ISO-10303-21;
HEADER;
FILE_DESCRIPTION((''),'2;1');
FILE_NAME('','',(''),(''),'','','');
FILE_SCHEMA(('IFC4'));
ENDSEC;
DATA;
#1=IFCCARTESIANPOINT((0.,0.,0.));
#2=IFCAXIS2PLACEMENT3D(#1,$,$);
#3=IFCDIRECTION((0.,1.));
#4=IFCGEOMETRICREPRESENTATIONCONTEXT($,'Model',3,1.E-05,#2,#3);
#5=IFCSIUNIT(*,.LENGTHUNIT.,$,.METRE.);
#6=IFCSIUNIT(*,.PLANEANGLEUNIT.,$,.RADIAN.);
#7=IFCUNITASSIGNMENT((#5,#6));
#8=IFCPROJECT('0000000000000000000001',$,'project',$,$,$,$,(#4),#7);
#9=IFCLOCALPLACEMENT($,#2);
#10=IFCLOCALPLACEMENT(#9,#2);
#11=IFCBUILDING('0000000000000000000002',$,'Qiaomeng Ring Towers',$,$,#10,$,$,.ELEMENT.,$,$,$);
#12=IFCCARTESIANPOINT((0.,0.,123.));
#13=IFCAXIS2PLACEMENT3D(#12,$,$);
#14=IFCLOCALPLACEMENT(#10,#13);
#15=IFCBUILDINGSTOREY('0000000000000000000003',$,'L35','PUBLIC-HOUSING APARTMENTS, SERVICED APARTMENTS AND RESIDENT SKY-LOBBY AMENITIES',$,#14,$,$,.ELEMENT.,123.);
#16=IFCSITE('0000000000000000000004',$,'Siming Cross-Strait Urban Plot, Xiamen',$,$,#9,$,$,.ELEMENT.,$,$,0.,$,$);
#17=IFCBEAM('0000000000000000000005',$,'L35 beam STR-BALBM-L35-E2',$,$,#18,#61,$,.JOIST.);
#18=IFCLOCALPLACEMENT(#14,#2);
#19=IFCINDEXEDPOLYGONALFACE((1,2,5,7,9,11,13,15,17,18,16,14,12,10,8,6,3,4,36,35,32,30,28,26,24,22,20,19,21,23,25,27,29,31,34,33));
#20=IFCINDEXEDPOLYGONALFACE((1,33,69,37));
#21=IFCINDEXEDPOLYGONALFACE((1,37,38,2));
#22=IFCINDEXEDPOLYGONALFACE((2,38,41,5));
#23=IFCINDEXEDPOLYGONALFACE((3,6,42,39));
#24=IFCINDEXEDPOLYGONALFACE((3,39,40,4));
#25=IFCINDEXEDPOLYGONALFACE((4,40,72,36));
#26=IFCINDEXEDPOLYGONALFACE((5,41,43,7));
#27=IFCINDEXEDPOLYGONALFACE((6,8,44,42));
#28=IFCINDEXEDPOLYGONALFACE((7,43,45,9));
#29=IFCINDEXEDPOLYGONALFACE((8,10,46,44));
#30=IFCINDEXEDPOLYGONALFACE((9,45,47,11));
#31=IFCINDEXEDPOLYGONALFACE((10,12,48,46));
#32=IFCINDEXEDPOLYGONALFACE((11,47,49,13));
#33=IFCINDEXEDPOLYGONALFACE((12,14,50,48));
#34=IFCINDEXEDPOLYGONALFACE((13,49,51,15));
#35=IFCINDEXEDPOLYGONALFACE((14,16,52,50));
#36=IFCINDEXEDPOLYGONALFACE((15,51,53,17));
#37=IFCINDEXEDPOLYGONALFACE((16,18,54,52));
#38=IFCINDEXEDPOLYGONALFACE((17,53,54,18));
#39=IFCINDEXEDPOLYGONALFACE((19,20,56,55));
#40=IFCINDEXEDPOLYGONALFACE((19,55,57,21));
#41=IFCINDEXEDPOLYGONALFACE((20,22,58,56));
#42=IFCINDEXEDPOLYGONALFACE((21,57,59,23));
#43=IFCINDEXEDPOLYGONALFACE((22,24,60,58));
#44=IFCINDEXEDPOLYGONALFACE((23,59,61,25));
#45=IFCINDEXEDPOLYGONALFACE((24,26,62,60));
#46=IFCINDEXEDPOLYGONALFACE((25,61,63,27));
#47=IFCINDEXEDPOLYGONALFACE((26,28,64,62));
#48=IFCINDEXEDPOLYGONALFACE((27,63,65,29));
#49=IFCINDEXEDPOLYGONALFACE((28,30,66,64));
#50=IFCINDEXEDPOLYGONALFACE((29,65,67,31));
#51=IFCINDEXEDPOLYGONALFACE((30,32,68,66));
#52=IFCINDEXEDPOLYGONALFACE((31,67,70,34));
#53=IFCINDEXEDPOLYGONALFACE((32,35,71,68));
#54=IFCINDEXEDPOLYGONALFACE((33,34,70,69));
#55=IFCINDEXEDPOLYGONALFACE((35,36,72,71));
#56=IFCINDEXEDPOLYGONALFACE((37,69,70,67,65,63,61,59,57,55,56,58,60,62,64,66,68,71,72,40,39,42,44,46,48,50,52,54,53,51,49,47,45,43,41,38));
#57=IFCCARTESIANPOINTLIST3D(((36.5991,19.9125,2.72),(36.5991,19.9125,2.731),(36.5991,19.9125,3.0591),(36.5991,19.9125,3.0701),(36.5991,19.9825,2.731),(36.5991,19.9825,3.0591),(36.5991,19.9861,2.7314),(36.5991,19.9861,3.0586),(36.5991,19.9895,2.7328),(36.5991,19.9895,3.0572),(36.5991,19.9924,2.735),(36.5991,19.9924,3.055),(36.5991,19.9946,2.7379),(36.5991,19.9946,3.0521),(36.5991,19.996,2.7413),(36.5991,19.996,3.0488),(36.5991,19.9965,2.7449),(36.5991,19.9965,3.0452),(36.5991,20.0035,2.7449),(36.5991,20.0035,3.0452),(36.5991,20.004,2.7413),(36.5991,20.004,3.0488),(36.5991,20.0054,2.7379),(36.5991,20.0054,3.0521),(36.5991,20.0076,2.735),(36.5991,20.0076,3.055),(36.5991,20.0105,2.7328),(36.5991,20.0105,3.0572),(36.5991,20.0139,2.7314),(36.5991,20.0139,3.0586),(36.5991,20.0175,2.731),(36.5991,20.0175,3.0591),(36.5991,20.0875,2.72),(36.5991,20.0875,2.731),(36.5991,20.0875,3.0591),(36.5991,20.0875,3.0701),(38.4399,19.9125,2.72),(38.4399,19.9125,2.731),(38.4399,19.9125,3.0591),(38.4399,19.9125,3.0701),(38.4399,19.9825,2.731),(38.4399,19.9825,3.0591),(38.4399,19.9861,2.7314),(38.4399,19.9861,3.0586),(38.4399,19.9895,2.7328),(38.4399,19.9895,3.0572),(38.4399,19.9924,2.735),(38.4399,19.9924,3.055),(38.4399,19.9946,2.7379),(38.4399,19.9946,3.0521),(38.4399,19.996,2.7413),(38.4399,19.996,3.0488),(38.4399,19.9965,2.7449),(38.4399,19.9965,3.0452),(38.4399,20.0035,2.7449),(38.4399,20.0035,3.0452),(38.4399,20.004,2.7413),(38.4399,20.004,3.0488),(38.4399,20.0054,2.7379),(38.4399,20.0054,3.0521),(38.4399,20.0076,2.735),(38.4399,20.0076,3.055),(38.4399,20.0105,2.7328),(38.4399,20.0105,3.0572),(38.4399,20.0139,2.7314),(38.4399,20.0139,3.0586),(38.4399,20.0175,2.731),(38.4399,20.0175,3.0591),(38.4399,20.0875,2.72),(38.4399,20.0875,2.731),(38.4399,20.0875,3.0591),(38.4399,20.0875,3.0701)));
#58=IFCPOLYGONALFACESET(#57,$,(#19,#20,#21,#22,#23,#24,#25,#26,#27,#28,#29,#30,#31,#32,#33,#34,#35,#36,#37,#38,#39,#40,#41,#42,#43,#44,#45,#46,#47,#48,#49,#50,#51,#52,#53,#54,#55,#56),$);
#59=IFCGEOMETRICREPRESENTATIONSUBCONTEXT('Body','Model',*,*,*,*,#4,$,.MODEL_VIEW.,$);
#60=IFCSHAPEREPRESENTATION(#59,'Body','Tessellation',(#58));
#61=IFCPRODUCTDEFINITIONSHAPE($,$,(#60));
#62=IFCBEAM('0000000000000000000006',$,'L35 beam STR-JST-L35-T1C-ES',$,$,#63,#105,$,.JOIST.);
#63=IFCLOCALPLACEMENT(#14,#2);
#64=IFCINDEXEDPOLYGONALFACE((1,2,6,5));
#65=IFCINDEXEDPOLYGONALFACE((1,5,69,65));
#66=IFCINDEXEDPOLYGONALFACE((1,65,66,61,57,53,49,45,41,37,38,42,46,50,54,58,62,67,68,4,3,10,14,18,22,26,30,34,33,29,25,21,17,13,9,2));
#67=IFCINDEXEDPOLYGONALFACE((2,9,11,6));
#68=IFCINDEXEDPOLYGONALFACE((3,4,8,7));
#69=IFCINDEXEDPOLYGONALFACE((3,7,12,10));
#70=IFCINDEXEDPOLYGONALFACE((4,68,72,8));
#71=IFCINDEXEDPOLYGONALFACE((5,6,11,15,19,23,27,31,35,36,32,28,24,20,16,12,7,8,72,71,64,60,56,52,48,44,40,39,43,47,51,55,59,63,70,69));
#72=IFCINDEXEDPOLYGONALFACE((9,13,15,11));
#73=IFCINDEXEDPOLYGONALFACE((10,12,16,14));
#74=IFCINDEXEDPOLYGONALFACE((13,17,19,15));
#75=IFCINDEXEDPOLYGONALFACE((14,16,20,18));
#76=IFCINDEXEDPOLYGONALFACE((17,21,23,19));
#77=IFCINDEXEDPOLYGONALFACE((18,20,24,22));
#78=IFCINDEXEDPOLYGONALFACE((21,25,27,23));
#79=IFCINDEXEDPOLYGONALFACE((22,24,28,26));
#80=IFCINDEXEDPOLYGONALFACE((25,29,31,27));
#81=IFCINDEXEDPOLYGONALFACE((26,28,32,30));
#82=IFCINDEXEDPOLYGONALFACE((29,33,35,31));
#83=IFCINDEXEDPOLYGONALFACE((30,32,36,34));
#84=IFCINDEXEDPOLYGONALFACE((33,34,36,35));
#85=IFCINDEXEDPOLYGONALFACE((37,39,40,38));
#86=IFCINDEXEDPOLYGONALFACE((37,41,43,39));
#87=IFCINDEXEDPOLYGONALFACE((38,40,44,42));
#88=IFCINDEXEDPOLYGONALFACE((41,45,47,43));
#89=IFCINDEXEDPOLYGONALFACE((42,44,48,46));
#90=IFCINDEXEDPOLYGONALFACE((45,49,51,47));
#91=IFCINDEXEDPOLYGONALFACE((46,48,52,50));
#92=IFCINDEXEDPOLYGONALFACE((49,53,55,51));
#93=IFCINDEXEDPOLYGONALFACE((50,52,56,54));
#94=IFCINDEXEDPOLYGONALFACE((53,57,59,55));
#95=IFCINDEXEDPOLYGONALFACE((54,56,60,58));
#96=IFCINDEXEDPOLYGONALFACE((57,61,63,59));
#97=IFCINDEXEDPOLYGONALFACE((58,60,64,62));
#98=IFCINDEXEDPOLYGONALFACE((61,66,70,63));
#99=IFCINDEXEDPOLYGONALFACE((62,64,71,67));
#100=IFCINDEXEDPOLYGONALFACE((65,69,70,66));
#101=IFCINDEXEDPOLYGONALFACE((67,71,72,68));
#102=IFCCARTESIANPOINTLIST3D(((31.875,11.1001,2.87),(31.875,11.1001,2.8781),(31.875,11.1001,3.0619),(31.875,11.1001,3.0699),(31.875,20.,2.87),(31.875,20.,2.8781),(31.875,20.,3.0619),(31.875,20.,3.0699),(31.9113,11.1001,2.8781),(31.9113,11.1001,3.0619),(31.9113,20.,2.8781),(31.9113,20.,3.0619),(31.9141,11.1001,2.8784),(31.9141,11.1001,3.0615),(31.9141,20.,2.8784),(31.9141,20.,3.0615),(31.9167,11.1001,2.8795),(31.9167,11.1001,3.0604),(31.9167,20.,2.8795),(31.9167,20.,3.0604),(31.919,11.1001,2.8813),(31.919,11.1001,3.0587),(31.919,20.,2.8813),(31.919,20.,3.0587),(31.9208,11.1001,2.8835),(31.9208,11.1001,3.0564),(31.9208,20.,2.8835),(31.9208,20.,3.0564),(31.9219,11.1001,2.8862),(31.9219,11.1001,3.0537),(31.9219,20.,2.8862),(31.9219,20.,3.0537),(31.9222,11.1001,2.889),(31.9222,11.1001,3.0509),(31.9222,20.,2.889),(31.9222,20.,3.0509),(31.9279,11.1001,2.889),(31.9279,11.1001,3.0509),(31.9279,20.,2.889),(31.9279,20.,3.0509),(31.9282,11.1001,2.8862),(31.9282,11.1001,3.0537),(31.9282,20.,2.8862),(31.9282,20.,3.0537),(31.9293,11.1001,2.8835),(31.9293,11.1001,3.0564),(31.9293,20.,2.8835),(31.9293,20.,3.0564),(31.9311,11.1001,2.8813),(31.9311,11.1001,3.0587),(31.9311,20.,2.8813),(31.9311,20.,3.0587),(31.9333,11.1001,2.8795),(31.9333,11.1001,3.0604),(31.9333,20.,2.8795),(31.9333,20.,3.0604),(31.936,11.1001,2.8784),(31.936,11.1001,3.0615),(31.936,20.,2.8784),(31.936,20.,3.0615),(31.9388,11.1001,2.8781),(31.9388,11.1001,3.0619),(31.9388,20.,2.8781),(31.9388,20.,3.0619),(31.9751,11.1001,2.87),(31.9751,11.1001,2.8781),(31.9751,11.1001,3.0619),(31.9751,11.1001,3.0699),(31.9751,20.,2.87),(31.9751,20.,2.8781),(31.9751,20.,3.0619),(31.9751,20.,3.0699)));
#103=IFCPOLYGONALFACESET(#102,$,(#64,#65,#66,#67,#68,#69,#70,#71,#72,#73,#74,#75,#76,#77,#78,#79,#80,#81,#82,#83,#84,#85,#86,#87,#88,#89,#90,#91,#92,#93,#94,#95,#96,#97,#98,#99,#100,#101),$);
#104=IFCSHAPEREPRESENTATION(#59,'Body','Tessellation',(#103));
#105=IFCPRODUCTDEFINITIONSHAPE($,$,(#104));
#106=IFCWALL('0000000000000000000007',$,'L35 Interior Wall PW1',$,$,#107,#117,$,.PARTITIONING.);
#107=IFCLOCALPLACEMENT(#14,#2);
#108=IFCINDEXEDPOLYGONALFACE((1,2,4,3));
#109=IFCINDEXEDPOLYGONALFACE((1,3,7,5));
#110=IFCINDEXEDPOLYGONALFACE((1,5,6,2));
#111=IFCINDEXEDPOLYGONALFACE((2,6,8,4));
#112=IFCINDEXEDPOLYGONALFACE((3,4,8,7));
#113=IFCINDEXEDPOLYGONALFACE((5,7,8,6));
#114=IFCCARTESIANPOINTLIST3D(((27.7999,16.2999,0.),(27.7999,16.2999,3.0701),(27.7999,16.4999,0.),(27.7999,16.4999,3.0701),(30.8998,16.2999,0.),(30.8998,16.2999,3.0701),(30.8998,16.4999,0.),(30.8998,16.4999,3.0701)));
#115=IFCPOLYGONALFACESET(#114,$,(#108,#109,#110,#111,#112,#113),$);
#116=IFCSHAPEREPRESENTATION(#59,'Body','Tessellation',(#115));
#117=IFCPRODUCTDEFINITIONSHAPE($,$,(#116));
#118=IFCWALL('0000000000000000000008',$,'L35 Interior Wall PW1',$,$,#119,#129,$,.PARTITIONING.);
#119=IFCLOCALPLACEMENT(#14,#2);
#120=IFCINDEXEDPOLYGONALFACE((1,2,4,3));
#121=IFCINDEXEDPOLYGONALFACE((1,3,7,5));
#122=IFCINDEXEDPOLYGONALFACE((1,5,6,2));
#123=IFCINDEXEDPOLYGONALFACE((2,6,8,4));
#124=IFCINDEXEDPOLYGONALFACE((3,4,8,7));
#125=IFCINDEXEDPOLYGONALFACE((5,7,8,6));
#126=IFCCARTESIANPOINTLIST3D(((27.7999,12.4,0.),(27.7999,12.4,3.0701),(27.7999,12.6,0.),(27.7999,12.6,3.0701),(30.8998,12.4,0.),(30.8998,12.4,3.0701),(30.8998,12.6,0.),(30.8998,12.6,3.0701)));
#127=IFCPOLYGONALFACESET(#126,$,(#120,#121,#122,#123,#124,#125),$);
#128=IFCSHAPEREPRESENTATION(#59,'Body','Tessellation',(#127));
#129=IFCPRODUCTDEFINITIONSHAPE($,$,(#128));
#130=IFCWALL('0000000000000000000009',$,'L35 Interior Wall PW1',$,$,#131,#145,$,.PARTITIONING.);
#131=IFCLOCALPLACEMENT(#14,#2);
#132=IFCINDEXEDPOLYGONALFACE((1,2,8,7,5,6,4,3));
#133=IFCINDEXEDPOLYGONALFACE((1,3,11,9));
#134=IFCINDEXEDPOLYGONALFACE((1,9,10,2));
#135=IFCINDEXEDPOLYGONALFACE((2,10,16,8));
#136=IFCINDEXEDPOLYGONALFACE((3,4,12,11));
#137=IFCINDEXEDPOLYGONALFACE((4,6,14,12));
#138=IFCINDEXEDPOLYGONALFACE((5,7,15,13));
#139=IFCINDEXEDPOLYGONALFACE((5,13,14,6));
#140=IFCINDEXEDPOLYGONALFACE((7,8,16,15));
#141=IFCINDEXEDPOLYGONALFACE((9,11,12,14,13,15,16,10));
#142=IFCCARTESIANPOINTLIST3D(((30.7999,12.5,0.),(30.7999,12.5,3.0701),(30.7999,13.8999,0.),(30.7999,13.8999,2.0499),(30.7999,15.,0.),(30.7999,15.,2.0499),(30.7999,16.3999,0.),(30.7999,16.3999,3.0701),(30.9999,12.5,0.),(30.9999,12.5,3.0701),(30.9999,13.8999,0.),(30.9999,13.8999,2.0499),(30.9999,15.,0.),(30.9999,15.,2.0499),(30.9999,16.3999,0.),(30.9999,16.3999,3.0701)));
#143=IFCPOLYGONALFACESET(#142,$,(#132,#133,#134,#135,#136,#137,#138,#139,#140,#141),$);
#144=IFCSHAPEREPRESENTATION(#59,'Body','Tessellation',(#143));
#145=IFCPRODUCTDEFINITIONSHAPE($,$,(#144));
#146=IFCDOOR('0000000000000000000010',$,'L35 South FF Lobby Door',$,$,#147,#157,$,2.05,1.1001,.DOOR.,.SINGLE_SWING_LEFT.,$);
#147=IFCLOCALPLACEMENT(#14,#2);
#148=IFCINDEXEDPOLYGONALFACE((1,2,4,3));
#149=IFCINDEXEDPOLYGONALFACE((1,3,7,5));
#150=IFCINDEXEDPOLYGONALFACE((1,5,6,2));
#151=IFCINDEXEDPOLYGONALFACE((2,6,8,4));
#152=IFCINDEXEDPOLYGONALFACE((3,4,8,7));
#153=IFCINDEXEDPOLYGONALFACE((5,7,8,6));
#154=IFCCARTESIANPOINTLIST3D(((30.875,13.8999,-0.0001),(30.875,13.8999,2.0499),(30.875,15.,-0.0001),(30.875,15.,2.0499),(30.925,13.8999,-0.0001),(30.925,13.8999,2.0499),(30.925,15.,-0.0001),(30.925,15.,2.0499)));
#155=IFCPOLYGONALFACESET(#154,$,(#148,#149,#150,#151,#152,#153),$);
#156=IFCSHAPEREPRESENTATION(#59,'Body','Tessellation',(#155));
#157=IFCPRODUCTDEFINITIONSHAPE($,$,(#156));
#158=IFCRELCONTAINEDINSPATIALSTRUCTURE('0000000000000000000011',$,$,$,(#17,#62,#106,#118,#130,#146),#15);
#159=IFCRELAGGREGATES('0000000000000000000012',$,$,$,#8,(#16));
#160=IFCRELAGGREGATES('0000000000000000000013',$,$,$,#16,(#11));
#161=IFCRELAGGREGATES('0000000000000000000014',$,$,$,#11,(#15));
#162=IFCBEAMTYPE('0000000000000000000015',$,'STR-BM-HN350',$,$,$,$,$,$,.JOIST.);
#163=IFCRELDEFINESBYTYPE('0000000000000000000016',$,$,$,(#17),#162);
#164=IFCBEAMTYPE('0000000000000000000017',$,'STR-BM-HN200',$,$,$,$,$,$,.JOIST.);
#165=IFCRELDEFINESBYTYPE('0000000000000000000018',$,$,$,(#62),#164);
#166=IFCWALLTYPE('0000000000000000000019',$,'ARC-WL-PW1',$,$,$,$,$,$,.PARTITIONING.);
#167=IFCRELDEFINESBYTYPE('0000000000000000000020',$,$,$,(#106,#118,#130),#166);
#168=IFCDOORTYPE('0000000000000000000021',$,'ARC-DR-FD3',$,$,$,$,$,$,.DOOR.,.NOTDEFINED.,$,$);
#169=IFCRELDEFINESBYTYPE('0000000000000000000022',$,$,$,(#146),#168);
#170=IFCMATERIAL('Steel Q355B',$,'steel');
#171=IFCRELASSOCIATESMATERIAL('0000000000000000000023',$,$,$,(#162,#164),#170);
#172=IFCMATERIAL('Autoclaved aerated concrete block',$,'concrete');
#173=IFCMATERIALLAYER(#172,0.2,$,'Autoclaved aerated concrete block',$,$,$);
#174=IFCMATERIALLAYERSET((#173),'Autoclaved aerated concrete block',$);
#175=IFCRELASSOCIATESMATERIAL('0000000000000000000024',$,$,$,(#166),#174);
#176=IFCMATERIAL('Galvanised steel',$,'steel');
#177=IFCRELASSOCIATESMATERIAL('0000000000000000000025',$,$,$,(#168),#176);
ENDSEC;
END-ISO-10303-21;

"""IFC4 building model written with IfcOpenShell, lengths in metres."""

from ifc_helpers import new_model, si_unit, direction, frame, frame_2d, origin, origin_2d, place, context, subcontext, project, spatial, rectangle, i_section, extrude, source, transform, mapped, material, layer, layer_set, material_profile, profile_set, type_object, element, fill, save


model = new_model("IFC4")

# Units and contexts
model_context = context("Model", 3, precision=1e-05, world=origin(), true_north=direction((0.0, 1.0)))
body_context = subcontext(model_context, "Body", "Model", "MODEL_VIEW")
ifc_project = project(units=[si_unit("LENGTHUNIT", "METRE"), si_unit("PLANEANGLEUNIT", "RADIAN")], contexts=[model_context])

# Site, building, storey
site_placement = place(None, origin())
site = spatial("IfcSite", under=ifc_project, at=site_placement, Name="Siming Cross-Strait Urban Plot, Xiamen", CompositionType="ELEMENT", RefElevation=0.0)
building_placement = place(site_placement, origin())
building = spatial("IfcBuilding", under=site, at=building_placement, Name="Qiaomeng Ring Towers", CompositionType="ELEMENT")
storey_placement = place(building_placement, frame((0.0, 0.0, 123.0)))
storey = spatial("IfcBuildingStorey", under=building, at=storey_placement, Name="L35", Description="PUBLIC-HOUSING APARTMENTS, SERVICED APARTMENTS AND RESIDENT SKY-LOBBY AMENITIES", CompositionType="ELEMENT", Elevation=123.0)

# Beams
ifc_material_1 = material(Name="Steel Q355B", Category="steel")
ifc_material_profile_1 = material_profile(ifc_material_1, i_section(OverallWidth=0.175, OverallDepth=0.3501, WebThickness=0.0071, FlangeThickness=0.011, FilletRadius=0.0139, at=origin_2d()), Name="HN 350x175x7x11")
ifc_profile_set_1 = profile_set([ifc_material_profile_1], Name="Steel Q355B")
beam_type_1 = type_object("IfcBeamType", Name="STR-BM-HN350", PredefinedType="JOIST", material=ifc_profile_set_1)
shared_shape_1 = source(origin(), body_context, "Body", "SweptSolid", [
    extrude(i_section(OverallWidth=0.175, OverallDepth=0.3501, WebThickness=0.0071, FlangeThickness=0.011, FilletRadius=0.0139, at=origin_2d()), origin(), (0.0, 0.0, 1.0), 1.8408),
])
beam_1_placement = place(storey_placement, frame((36.5991, 20.0, 2.895), z_axis=(1.0, 0.0, 0.0), x_axis=(0.0, 1.0, 0.0)))
element("IfcBeam", 1, at=beam_1_placement, inside=storey, type_object=beam_type_1, Name="L35 beam STR-BALBM-L35-E2", PredefinedType="JOIST", context=body_context, shape_type="MappedRepresentation", body=[
    mapped(shared_shape_1, transform((0.0, 0.0, 0.0), x_axis=(1.0, 0.0, 0.0), y_axis=(0.0, 1.0, 0.0), z_axis=(0.0, 0.0, 1.0), scale=1.0)),
])
ifc_material_profile_2 = material_profile(ifc_material_1, i_section(OverallWidth=0.1001, OverallDepth=0.2, WebThickness=0.0056, FlangeThickness=0.0081, FilletRadius=0.011, at=origin_2d()), Name="HN 200x100x5.5x8")
ifc_profile_set_2 = profile_set([ifc_material_profile_2], Name="Steel Q355B")
beam_type_2 = type_object("IfcBeamType", Name="STR-BM-HN200", PredefinedType="JOIST", material=ifc_profile_set_2)
shared_shape_2 = source(origin(), body_context, "Body", "SweptSolid", [
    extrude(i_section(OverallWidth=0.1001, OverallDepth=0.2, WebThickness=0.0056, FlangeThickness=0.0081, FilletRadius=0.011, at=origin_2d()), origin(), (0.0, 0.0, 1.0), 8.8999),
])
beam_2_placement = place(storey_placement, frame((31.925, 11.1001, 2.97), z_axis=(0.0, 1.0, 0.0), x_axis=(-1.0, 0.0, 0.0)))
element("IfcBeam", 2, at=beam_2_placement, inside=storey, type_object=beam_type_2, Name="L35 beam STR-JST-L35-T1C-ES", PredefinedType="JOIST", context=body_context, shape_type="MappedRepresentation", body=[
    mapped(shared_shape_2, transform((0.0, 0.0, 0.0), x_axis=(1.0, 0.0, 0.0), y_axis=(0.0, 1.0, 0.0), z_axis=(0.0, 0.0, 1.0), scale=1.0)),
])

# Walls
ifc_material_2 = material(Name="Autoclaved aerated concrete block", Category="concrete")
ifc_layer_1 = layer(ifc_material_2, 0.2, Name="Autoclaved aerated concrete block")
ifc_layer_set_1 = layer_set([ifc_layer_1], Name="Autoclaved aerated concrete block")
wall_type_1 = type_object("IfcWallType", Name="ARC-WL-PW1", PredefinedType="PARTITIONING", material=ifc_layer_set_1)
for number, where, z_axis, x_axis, name in (
    (3, (27.8, 16.3999, 0.0), (0.0, 0.0, 1.0), (1.0, 0.0, 0.0), "L35 Interior Wall PW1"),
    (4, (27.8, 12.5, 0.0), (0.0, 0.0, 1.0), (1.0, 0.0, 0.0), "L35 Interior Wall PW1"),
):
    element("IfcWall", number, at=place(storey_placement, frame(where, z_axis=z_axis, x_axis=x_axis)), inside=storey, type_object=wall_type_1, Name=name, PredefinedType="PARTITIONING", context=body_context, shape_type="SweptSolid", body=[
        extrude(rectangle(XDim=3.0999, YDim=0.2, at=frame_2d((1.5498, 0.0))), origin(), (0.0, 0.0, 1.0), 3.0701),
    ])

# Wall, opening, door
wall_1_placement = place(storey_placement, frame((30.8999, 12.5, 0.0), z_axis=(0.0, 0.0, 1.0), x_axis=(0.0, 1.0, 0.0)))
wall_1 = element("IfcWall", 5, at=wall_1_placement, inside=storey, type_object=wall_type_1, Name="L35 Interior Wall PW1", PredefinedType="PARTITIONING", context=body_context, shape_type="SweptSolid", body=[
    extrude(rectangle(XDim=3.8999, YDim=0.2, at=frame_2d((1.95, 0.0))), origin(), (0.0, 0.0, 1.0), 3.0701),
])
opening_1_placement = place(wall_1_placement, frame((1.3999, 0.0, 0.0)))
opening_1 = element("IfcOpeningElement", 6, at=opening_1_placement, cuts=wall_1, PredefinedType="OPENING", context=body_context, shape_type="SweptSolid", body=[
    extrude(rectangle(XDim=1.1001, YDim=2.05, at=frame_2d((0.55, 1.0249))), frame((0.0, 0.1099, 0.0), z_axis=(0.0, -1.0, 0.0), x_axis=(1.0, 0.0, 0.0)), (0.0, 0.0, 1.0), 0.22),
])
ifc_material_3 = material(Name="Galvanised steel", Category="steel")
door_type_1 = type_object("IfcDoorType", Name="ARC-DR-FD3", OperationType="NOTDEFINED", PredefinedType="DOOR", material=ifc_material_3)
shared_shape_3 = source(origin(), body_context, "Body", "SweptSolid", [
    extrude(rectangle(XDim=1.1001, YDim=2.05, at=frame_2d((0.55, 1.0249))), frame((0.0, 0.0249, 0.0), z_axis=(0.0, -1.0, 0.0), x_axis=(1.0, 0.0, 0.0)), (0.0, 0.0, 1.0), 0.05),
])
door_1_placement = place(opening_1_placement, origin())
door_1 = element("IfcDoor", 7, at=door_1_placement, inside=storey, type_object=door_type_1, Name="L35 South FF Lobby Door", OperationType="SINGLE_SWING_LEFT", OverallHeight=2.05, OverallWidth=1.1001, PredefinedType="DOOR", context=body_context, shape_type="MappedRepresentation", body=[
    mapped(shared_shape_3, transform((0.0, 0.0, 0.0), x_axis=(1.0, 0.0, 0.0), y_axis=(0.0, 1.0, 0.0), z_axis=(0.0, 0.0, 1.0), scale=1.0)),
])
fill(opening_1, door_1)

save(model, "model.ifc")
